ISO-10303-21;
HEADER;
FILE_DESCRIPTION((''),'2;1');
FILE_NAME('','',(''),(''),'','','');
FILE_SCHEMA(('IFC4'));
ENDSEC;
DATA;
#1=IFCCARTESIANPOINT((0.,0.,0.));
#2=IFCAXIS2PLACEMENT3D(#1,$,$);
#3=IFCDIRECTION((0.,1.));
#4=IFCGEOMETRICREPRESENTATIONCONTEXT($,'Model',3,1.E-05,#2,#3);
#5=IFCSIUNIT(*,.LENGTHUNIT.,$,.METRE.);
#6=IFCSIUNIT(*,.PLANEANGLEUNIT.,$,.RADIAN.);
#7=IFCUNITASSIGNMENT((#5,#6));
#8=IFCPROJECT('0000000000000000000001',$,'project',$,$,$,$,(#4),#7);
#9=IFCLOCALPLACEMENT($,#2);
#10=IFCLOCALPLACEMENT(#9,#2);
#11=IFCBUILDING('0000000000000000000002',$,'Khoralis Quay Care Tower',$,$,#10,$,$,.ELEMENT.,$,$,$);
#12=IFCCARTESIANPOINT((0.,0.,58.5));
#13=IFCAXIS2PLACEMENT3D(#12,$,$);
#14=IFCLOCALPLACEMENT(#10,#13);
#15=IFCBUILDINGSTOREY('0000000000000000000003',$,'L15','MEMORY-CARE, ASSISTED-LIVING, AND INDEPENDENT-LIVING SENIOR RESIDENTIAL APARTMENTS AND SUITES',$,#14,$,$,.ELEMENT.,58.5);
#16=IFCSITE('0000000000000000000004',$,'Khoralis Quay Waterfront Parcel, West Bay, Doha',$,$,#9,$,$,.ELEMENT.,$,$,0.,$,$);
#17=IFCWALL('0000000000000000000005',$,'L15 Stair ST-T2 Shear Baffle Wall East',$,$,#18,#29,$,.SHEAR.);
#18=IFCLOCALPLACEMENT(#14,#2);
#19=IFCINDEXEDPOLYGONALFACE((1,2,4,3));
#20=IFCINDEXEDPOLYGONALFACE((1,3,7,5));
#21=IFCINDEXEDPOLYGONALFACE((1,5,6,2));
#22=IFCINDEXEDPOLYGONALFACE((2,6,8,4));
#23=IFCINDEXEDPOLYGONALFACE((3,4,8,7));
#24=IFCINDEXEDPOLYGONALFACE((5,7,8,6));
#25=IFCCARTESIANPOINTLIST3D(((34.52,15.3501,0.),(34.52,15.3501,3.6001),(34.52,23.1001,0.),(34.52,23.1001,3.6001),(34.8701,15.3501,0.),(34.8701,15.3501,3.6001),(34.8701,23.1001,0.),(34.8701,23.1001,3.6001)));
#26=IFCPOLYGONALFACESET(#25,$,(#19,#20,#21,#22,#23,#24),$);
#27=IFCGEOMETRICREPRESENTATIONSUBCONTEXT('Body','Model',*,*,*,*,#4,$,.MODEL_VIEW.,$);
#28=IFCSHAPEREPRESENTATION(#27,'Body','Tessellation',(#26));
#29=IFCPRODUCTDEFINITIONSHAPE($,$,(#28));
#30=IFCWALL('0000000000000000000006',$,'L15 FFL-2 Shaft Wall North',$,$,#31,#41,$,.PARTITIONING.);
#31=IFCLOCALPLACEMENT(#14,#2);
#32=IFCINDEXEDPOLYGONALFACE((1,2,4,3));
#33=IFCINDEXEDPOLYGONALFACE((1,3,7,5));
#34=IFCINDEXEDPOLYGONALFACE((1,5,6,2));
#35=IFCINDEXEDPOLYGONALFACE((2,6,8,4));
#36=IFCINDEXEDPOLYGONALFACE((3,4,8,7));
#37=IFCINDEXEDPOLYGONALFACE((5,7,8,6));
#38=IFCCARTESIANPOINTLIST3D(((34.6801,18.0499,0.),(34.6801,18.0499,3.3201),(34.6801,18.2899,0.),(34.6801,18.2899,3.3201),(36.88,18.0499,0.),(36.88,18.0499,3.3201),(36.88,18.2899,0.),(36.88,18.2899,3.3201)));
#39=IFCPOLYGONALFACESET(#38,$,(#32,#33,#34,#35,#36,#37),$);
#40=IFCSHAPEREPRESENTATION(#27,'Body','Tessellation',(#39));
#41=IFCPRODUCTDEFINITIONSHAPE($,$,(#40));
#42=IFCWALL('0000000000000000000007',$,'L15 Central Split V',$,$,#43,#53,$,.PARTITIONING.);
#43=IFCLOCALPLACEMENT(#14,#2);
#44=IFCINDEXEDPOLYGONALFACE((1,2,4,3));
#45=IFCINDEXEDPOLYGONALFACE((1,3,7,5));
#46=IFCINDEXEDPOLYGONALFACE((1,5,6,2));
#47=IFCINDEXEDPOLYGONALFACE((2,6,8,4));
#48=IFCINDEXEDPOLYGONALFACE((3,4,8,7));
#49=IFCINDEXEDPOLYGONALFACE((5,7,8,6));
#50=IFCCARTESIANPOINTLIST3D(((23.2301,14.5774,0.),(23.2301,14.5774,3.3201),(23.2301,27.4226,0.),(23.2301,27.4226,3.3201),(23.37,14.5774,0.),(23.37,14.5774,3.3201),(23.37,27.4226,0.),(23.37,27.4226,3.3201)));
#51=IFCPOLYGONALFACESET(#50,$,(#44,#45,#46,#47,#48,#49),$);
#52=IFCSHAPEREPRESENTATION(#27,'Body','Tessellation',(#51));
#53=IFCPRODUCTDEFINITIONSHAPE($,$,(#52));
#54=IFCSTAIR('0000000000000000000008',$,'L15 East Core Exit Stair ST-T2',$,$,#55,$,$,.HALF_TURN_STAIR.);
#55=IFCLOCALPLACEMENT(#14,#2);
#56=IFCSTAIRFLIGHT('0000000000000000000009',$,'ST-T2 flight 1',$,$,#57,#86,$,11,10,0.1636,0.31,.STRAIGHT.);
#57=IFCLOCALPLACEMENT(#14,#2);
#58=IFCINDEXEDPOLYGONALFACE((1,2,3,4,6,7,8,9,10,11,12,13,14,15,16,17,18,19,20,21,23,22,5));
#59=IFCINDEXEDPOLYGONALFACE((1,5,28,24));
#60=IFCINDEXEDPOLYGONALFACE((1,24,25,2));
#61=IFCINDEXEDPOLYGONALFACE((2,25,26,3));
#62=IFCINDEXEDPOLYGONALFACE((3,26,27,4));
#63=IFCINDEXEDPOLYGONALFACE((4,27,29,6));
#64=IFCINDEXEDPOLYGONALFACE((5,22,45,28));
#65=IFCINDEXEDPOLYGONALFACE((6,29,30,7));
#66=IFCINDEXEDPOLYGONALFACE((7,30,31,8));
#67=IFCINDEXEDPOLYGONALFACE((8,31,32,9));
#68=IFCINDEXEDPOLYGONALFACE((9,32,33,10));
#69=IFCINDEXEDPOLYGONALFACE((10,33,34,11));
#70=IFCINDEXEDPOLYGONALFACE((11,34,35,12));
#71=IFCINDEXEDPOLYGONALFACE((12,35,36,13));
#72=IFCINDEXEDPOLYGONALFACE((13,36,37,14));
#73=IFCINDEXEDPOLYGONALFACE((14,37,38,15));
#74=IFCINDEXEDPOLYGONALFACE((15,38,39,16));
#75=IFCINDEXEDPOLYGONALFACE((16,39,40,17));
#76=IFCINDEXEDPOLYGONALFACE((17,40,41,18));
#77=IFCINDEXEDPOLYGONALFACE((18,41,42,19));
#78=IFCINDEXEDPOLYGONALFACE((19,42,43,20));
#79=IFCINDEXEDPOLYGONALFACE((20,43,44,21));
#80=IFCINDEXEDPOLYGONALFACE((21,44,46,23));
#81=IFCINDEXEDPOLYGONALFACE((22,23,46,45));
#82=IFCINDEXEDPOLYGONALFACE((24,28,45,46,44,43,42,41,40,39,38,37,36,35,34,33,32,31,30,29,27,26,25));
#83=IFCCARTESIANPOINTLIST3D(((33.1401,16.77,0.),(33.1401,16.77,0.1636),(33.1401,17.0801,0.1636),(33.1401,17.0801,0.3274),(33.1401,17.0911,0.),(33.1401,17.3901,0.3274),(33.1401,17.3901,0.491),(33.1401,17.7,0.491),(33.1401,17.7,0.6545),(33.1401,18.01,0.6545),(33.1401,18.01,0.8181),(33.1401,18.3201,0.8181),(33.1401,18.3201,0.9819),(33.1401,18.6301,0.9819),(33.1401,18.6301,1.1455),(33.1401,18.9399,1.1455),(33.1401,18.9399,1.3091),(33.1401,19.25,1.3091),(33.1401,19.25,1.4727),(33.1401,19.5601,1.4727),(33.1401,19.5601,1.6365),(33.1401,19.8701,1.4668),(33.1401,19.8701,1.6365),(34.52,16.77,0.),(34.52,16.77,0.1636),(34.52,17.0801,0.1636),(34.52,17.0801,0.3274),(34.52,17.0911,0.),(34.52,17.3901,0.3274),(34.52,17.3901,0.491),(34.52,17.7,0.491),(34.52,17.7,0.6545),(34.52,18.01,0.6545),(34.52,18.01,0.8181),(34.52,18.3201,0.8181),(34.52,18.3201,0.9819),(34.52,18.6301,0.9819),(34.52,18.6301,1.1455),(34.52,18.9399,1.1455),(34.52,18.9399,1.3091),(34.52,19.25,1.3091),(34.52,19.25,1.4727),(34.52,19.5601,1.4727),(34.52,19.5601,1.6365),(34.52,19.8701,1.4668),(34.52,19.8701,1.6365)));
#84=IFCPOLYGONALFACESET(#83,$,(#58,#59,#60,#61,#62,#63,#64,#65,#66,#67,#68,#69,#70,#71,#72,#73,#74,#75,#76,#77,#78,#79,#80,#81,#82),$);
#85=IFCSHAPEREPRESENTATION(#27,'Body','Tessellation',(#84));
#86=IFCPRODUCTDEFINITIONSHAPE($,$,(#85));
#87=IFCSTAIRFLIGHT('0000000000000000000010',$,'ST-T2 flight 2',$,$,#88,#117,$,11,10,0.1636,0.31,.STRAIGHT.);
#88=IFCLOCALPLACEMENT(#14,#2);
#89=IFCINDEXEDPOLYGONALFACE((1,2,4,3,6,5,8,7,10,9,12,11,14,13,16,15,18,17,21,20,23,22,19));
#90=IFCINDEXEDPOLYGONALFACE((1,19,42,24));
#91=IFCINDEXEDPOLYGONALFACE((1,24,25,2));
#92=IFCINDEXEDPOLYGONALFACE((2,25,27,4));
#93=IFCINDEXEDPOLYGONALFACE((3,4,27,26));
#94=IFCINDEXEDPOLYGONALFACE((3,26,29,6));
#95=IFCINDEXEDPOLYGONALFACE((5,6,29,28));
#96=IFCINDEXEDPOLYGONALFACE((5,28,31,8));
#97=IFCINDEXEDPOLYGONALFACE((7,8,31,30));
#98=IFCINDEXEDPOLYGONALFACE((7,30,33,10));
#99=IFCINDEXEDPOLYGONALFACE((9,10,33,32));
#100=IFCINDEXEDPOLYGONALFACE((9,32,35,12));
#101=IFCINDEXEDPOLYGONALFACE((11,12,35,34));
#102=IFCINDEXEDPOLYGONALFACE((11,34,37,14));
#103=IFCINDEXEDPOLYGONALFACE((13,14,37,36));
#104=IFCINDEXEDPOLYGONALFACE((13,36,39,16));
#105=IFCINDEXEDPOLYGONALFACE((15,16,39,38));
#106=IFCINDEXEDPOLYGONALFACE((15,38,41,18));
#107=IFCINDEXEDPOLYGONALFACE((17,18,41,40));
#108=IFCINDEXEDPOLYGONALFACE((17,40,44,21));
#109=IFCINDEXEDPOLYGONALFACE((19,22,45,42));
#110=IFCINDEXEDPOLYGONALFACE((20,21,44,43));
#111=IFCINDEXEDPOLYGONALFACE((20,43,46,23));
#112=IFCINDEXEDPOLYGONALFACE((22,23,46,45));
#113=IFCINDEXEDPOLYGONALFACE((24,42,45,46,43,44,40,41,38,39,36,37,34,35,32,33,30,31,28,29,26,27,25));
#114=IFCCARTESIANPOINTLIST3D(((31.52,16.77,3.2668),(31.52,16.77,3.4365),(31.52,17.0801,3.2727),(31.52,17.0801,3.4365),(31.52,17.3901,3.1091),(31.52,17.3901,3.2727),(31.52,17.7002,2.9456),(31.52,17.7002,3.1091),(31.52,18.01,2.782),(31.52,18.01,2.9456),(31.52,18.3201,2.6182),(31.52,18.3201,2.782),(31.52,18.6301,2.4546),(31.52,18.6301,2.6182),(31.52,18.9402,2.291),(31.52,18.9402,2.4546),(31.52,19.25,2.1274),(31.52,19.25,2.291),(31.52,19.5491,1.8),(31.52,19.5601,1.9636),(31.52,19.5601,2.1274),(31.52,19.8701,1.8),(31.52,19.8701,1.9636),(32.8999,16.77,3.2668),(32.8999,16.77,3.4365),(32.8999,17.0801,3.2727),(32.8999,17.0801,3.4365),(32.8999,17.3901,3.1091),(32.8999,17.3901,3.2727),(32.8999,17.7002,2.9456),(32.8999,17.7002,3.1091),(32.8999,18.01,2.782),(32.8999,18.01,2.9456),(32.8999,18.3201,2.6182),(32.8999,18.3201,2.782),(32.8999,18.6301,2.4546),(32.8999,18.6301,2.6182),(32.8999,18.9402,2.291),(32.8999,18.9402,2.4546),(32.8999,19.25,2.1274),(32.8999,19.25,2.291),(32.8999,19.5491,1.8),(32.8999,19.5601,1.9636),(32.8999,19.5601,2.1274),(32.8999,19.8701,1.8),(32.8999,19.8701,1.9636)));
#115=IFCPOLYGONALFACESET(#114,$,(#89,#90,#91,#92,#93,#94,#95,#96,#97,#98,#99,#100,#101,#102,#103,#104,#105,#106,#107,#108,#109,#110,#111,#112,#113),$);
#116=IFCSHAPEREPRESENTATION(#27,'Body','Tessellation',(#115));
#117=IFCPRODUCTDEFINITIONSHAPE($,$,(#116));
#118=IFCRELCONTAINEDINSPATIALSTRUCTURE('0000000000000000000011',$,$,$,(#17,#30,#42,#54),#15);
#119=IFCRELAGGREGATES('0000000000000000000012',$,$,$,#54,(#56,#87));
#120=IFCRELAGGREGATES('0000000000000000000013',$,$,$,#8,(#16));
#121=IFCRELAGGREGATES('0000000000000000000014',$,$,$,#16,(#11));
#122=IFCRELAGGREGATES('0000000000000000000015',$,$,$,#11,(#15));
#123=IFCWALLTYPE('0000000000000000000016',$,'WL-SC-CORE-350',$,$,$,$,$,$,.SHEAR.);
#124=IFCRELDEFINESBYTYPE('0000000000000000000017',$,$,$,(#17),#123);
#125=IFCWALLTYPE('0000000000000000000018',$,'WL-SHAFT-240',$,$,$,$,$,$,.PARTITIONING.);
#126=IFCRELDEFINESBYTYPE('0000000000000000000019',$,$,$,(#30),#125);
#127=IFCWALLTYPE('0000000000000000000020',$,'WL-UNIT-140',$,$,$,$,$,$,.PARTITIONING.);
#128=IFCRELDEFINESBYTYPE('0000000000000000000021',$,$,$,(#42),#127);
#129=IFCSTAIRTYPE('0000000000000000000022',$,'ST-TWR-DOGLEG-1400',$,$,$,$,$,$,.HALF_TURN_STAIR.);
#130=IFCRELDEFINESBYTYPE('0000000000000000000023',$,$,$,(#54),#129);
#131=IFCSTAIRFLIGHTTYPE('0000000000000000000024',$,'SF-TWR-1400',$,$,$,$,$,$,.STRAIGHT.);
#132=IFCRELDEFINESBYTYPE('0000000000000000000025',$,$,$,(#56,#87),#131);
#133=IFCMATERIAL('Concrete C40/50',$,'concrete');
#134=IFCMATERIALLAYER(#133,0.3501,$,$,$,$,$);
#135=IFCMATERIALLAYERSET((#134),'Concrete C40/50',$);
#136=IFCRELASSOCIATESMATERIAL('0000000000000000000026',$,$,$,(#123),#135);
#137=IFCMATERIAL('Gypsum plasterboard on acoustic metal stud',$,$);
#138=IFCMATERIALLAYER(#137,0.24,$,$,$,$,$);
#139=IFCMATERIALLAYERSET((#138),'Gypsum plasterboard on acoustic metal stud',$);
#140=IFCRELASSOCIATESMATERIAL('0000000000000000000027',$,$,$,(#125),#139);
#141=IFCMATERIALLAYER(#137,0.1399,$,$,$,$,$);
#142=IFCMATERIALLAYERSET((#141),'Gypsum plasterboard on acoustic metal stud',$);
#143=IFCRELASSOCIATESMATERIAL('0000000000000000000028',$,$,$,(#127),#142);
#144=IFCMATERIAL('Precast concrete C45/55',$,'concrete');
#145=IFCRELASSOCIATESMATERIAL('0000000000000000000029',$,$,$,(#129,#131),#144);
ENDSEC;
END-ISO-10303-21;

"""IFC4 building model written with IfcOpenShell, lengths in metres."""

from ifc_helpers import new_model, si_unit, direction, frame, frame_2d, origin, place, context, subcontext, project, spatial, polyline, rectangle, outline, extrude, source, transform, mapped, material, layer, layer_set, type_object, element, aggregate, save


model = new_model("IFC4")

# Units and contexts
model_context = context("Model", 3, precision=1e-05, world=origin(), true_north=direction((0.0, 1.0)))
body_context = subcontext(model_context, "Body", "Model", "MODEL_VIEW")
ifc_project = project(units=[si_unit("LENGTHUNIT", "METRE"), si_unit("PLANEANGLEUNIT", "RADIAN")], contexts=[model_context])

# Site, building, storey
site_placement = place(None, origin())
site = spatial("IfcSite", under=ifc_project, at=site_placement, Name="Khoralis Quay Waterfront Parcel, West Bay, Doha", CompositionType="ELEMENT", RefElevation=0.0)
building_placement = place(site_placement, origin())
building = spatial("IfcBuilding", under=site, at=building_placement, Name="Khoralis Quay Care Tower", CompositionType="ELEMENT")
storey_placement = place(building_placement, frame((0.0, 0.0, 58.5)))
storey = spatial("IfcBuildingStorey", under=building, at=storey_placement, Name="L15", Description="MEMORY-CARE, ASSISTED-LIVING, AND INDEPENDENT-LIVING SENIOR RESIDENTIAL APARTMENTS AND SUITES", CompositionType="ELEMENT", Elevation=58.5)

# Shared definitions
ifc_material_1 = material(Name="Gypsum plasterboard on acoustic metal stud")

# Walls
ifc_material_2 = material(Name="Concrete C40/50", Category="concrete")
ifc_layer_1 = layer(ifc_material_2, 0.3501)
ifc_layer_set_1 = layer_set([ifc_layer_1], Name="Concrete C40/50")
wall_type_1 = type_object("IfcWallType", Name="WL-SC-CORE-350", PredefinedType="SHEAR", material=ifc_layer_set_1)
wall_1_placement = place(storey_placement, frame((34.6951, 15.3501, 0.0), z_axis=(0.0, 0.0, 1.0), x_axis=(0.0, 1.0, 0.0)))
element("IfcWall", 1, at=wall_1_placement, inside=storey, type_object=wall_type_1, Name="L15 Stair ST-T2 Shear Baffle Wall East", PredefinedType="SHEAR", context=body_context, shape_type="SweptSolid", body=[
    extrude(rectangle(XDim=7.75, YDim=0.3501, at=frame_2d((3.875, 0.0))), origin(), (0.0, 0.0, 1.0), 3.6001),
])
ifc_layer_2 = layer(ifc_material_1, 0.24)
ifc_layer_set_2 = layer_set([ifc_layer_2], Name="Gypsum plasterboard on acoustic metal stud")
wall_type_2 = type_object("IfcWallType", Name="WL-SHAFT-240", PredefinedType="PARTITIONING", material=ifc_layer_set_2)
wall_2_placement = place(storey_placement, frame((34.6799, 18.1699, 0.0), z_axis=(0.0, 0.0, 1.0), x_axis=(1.0, 0.0, 0.0)))
element("IfcWall", 2, at=wall_2_placement, inside=storey, type_object=wall_type_2, Name="L15 FFL-2 Shaft Wall North", PredefinedType="PARTITIONING", context=body_context, shape_type="SweptSolid", body=[
    extrude(rectangle(XDim=2.2, YDim=0.24, at=frame_2d((1.1001, 0.0))), origin(), (0.0, 0.0, 1.0), 3.3201),
])
ifc_layer_3 = layer(ifc_material_1, 0.1399)
ifc_layer_set_3 = layer_set([ifc_layer_3], Name="Gypsum plasterboard on acoustic metal stud")
wall_type_3 = type_object("IfcWallType", Name="WL-UNIT-140", PredefinedType="PARTITIONING", material=ifc_layer_set_3)
wall_3_placement = place(storey_placement, frame((23.3, 14.5774, 0.0), z_axis=(0.0, 0.0, 1.0), x_axis=(0.0, 1.0, 0.0)))
element("IfcWall", 3, at=wall_3_placement, inside=storey, type_object=wall_type_3, Name="L15 Central Split V", PredefinedType="PARTITIONING", context=body_context, shape_type="SweptSolid", body=[
    extrude(rectangle(XDim=12.8452, YDim=0.1399, at=frame_2d((6.4226, 0.0))), origin(), (0.0, 0.0, 1.0), 3.3201),
])

# Stair, stair flights
ifc_material_3 = material(Name="Precast concrete C45/55", Category="concrete")
stair_type = type_object("IfcStairType", Name="ST-TWR-DOGLEG-1400", PredefinedType="HALF_TURN_STAIR", material=ifc_material_3)
stair_placement = place(storey_placement, origin())
stair = element("IfcStair", 4, at=stair_placement, inside=storey, type_object=stair_type, Name="L15 East Core Exit Stair ST-T2", PredefinedType="HALF_TURN_STAIR")
stair_flight_type = type_object("IfcStairFlightType", Name="SF-TWR-1400", PredefinedType="STRAIGHT", material=ifc_material_3)
shared_shape_1 = source(origin(), body_context, "Body", "SweptSolid", [
    extrude(outline(polyline([(0.0, 0.0), (0.0, 0.1636), (0.3101, 0.1636), (0.3101, 0.3274), (0.6201, 0.3274), (0.6201, 0.491), (0.9299, 0.491), (0.9299, 0.6545), (1.24, 0.6545), (1.24, 0.8181), (1.55, 0.8181), (1.55, 0.9819), (1.8601, 0.9819), (1.8601, 1.1455), (2.1699, 1.1455), (2.1699, 1.3091), (2.48, 1.3091), (2.48, 1.4727), (2.79, 1.4727), (2.79, 1.6365), (3.1001, 1.6365), (3.1001, 1.8), (3.1001, 1.4668), (0.321, 0.0), (0.0, 0.0)])), frame((0.0, 0.6899, 0.0), z_axis=(0.0, -1.0, 0.0), x_axis=(1.0, 0.0, 0.0)), (0.0, 0.0, 1.0), 1.3799),
])
stair_flight_1_placement = place(storey_placement, frame((33.8301, 16.77, 0.0), z_axis=(0.0, 0.0, 1.0), x_axis=(0.0, 1.0, 0.0)))
stair_flight_1 = element("IfcStairFlight", 5, at=stair_flight_1_placement, type_object=stair_flight_type, Name="ST-T2 flight 1", NumberOfRisers=11, NumberOfTreads=10, PredefinedType="STRAIGHT", RiserHeight=0.1636, TreadLength=0.31, context=body_context, shape_type="MappedRepresentation", body=[
    mapped(shared_shape_1, transform((0.0, 0.0, 0.0), scale=1.0)),
])
stair_flight_2_placement = place(storey_placement, frame((32.21, 19.8701, 1.8), z_axis=(0.0, 0.0, 1.0), x_axis=(0.0, -1.0, 0.0)))
stair_flight_2 = element("IfcStairFlight", 6, at=stair_flight_2_placement, type_object=stair_flight_type, Name="ST-T2 flight 2", NumberOfRisers=11, NumberOfTreads=10, PredefinedType="STRAIGHT", RiserHeight=0.1636, TreadLength=0.31, context=body_context, shape_type="MappedRepresentation", body=[
    mapped(shared_shape_1, transform((0.0, 0.0, 0.0), scale=1.0)),
])
aggregate(stair, [stair_flight_1, stair_flight_2])

save(model, "model.ifc")
